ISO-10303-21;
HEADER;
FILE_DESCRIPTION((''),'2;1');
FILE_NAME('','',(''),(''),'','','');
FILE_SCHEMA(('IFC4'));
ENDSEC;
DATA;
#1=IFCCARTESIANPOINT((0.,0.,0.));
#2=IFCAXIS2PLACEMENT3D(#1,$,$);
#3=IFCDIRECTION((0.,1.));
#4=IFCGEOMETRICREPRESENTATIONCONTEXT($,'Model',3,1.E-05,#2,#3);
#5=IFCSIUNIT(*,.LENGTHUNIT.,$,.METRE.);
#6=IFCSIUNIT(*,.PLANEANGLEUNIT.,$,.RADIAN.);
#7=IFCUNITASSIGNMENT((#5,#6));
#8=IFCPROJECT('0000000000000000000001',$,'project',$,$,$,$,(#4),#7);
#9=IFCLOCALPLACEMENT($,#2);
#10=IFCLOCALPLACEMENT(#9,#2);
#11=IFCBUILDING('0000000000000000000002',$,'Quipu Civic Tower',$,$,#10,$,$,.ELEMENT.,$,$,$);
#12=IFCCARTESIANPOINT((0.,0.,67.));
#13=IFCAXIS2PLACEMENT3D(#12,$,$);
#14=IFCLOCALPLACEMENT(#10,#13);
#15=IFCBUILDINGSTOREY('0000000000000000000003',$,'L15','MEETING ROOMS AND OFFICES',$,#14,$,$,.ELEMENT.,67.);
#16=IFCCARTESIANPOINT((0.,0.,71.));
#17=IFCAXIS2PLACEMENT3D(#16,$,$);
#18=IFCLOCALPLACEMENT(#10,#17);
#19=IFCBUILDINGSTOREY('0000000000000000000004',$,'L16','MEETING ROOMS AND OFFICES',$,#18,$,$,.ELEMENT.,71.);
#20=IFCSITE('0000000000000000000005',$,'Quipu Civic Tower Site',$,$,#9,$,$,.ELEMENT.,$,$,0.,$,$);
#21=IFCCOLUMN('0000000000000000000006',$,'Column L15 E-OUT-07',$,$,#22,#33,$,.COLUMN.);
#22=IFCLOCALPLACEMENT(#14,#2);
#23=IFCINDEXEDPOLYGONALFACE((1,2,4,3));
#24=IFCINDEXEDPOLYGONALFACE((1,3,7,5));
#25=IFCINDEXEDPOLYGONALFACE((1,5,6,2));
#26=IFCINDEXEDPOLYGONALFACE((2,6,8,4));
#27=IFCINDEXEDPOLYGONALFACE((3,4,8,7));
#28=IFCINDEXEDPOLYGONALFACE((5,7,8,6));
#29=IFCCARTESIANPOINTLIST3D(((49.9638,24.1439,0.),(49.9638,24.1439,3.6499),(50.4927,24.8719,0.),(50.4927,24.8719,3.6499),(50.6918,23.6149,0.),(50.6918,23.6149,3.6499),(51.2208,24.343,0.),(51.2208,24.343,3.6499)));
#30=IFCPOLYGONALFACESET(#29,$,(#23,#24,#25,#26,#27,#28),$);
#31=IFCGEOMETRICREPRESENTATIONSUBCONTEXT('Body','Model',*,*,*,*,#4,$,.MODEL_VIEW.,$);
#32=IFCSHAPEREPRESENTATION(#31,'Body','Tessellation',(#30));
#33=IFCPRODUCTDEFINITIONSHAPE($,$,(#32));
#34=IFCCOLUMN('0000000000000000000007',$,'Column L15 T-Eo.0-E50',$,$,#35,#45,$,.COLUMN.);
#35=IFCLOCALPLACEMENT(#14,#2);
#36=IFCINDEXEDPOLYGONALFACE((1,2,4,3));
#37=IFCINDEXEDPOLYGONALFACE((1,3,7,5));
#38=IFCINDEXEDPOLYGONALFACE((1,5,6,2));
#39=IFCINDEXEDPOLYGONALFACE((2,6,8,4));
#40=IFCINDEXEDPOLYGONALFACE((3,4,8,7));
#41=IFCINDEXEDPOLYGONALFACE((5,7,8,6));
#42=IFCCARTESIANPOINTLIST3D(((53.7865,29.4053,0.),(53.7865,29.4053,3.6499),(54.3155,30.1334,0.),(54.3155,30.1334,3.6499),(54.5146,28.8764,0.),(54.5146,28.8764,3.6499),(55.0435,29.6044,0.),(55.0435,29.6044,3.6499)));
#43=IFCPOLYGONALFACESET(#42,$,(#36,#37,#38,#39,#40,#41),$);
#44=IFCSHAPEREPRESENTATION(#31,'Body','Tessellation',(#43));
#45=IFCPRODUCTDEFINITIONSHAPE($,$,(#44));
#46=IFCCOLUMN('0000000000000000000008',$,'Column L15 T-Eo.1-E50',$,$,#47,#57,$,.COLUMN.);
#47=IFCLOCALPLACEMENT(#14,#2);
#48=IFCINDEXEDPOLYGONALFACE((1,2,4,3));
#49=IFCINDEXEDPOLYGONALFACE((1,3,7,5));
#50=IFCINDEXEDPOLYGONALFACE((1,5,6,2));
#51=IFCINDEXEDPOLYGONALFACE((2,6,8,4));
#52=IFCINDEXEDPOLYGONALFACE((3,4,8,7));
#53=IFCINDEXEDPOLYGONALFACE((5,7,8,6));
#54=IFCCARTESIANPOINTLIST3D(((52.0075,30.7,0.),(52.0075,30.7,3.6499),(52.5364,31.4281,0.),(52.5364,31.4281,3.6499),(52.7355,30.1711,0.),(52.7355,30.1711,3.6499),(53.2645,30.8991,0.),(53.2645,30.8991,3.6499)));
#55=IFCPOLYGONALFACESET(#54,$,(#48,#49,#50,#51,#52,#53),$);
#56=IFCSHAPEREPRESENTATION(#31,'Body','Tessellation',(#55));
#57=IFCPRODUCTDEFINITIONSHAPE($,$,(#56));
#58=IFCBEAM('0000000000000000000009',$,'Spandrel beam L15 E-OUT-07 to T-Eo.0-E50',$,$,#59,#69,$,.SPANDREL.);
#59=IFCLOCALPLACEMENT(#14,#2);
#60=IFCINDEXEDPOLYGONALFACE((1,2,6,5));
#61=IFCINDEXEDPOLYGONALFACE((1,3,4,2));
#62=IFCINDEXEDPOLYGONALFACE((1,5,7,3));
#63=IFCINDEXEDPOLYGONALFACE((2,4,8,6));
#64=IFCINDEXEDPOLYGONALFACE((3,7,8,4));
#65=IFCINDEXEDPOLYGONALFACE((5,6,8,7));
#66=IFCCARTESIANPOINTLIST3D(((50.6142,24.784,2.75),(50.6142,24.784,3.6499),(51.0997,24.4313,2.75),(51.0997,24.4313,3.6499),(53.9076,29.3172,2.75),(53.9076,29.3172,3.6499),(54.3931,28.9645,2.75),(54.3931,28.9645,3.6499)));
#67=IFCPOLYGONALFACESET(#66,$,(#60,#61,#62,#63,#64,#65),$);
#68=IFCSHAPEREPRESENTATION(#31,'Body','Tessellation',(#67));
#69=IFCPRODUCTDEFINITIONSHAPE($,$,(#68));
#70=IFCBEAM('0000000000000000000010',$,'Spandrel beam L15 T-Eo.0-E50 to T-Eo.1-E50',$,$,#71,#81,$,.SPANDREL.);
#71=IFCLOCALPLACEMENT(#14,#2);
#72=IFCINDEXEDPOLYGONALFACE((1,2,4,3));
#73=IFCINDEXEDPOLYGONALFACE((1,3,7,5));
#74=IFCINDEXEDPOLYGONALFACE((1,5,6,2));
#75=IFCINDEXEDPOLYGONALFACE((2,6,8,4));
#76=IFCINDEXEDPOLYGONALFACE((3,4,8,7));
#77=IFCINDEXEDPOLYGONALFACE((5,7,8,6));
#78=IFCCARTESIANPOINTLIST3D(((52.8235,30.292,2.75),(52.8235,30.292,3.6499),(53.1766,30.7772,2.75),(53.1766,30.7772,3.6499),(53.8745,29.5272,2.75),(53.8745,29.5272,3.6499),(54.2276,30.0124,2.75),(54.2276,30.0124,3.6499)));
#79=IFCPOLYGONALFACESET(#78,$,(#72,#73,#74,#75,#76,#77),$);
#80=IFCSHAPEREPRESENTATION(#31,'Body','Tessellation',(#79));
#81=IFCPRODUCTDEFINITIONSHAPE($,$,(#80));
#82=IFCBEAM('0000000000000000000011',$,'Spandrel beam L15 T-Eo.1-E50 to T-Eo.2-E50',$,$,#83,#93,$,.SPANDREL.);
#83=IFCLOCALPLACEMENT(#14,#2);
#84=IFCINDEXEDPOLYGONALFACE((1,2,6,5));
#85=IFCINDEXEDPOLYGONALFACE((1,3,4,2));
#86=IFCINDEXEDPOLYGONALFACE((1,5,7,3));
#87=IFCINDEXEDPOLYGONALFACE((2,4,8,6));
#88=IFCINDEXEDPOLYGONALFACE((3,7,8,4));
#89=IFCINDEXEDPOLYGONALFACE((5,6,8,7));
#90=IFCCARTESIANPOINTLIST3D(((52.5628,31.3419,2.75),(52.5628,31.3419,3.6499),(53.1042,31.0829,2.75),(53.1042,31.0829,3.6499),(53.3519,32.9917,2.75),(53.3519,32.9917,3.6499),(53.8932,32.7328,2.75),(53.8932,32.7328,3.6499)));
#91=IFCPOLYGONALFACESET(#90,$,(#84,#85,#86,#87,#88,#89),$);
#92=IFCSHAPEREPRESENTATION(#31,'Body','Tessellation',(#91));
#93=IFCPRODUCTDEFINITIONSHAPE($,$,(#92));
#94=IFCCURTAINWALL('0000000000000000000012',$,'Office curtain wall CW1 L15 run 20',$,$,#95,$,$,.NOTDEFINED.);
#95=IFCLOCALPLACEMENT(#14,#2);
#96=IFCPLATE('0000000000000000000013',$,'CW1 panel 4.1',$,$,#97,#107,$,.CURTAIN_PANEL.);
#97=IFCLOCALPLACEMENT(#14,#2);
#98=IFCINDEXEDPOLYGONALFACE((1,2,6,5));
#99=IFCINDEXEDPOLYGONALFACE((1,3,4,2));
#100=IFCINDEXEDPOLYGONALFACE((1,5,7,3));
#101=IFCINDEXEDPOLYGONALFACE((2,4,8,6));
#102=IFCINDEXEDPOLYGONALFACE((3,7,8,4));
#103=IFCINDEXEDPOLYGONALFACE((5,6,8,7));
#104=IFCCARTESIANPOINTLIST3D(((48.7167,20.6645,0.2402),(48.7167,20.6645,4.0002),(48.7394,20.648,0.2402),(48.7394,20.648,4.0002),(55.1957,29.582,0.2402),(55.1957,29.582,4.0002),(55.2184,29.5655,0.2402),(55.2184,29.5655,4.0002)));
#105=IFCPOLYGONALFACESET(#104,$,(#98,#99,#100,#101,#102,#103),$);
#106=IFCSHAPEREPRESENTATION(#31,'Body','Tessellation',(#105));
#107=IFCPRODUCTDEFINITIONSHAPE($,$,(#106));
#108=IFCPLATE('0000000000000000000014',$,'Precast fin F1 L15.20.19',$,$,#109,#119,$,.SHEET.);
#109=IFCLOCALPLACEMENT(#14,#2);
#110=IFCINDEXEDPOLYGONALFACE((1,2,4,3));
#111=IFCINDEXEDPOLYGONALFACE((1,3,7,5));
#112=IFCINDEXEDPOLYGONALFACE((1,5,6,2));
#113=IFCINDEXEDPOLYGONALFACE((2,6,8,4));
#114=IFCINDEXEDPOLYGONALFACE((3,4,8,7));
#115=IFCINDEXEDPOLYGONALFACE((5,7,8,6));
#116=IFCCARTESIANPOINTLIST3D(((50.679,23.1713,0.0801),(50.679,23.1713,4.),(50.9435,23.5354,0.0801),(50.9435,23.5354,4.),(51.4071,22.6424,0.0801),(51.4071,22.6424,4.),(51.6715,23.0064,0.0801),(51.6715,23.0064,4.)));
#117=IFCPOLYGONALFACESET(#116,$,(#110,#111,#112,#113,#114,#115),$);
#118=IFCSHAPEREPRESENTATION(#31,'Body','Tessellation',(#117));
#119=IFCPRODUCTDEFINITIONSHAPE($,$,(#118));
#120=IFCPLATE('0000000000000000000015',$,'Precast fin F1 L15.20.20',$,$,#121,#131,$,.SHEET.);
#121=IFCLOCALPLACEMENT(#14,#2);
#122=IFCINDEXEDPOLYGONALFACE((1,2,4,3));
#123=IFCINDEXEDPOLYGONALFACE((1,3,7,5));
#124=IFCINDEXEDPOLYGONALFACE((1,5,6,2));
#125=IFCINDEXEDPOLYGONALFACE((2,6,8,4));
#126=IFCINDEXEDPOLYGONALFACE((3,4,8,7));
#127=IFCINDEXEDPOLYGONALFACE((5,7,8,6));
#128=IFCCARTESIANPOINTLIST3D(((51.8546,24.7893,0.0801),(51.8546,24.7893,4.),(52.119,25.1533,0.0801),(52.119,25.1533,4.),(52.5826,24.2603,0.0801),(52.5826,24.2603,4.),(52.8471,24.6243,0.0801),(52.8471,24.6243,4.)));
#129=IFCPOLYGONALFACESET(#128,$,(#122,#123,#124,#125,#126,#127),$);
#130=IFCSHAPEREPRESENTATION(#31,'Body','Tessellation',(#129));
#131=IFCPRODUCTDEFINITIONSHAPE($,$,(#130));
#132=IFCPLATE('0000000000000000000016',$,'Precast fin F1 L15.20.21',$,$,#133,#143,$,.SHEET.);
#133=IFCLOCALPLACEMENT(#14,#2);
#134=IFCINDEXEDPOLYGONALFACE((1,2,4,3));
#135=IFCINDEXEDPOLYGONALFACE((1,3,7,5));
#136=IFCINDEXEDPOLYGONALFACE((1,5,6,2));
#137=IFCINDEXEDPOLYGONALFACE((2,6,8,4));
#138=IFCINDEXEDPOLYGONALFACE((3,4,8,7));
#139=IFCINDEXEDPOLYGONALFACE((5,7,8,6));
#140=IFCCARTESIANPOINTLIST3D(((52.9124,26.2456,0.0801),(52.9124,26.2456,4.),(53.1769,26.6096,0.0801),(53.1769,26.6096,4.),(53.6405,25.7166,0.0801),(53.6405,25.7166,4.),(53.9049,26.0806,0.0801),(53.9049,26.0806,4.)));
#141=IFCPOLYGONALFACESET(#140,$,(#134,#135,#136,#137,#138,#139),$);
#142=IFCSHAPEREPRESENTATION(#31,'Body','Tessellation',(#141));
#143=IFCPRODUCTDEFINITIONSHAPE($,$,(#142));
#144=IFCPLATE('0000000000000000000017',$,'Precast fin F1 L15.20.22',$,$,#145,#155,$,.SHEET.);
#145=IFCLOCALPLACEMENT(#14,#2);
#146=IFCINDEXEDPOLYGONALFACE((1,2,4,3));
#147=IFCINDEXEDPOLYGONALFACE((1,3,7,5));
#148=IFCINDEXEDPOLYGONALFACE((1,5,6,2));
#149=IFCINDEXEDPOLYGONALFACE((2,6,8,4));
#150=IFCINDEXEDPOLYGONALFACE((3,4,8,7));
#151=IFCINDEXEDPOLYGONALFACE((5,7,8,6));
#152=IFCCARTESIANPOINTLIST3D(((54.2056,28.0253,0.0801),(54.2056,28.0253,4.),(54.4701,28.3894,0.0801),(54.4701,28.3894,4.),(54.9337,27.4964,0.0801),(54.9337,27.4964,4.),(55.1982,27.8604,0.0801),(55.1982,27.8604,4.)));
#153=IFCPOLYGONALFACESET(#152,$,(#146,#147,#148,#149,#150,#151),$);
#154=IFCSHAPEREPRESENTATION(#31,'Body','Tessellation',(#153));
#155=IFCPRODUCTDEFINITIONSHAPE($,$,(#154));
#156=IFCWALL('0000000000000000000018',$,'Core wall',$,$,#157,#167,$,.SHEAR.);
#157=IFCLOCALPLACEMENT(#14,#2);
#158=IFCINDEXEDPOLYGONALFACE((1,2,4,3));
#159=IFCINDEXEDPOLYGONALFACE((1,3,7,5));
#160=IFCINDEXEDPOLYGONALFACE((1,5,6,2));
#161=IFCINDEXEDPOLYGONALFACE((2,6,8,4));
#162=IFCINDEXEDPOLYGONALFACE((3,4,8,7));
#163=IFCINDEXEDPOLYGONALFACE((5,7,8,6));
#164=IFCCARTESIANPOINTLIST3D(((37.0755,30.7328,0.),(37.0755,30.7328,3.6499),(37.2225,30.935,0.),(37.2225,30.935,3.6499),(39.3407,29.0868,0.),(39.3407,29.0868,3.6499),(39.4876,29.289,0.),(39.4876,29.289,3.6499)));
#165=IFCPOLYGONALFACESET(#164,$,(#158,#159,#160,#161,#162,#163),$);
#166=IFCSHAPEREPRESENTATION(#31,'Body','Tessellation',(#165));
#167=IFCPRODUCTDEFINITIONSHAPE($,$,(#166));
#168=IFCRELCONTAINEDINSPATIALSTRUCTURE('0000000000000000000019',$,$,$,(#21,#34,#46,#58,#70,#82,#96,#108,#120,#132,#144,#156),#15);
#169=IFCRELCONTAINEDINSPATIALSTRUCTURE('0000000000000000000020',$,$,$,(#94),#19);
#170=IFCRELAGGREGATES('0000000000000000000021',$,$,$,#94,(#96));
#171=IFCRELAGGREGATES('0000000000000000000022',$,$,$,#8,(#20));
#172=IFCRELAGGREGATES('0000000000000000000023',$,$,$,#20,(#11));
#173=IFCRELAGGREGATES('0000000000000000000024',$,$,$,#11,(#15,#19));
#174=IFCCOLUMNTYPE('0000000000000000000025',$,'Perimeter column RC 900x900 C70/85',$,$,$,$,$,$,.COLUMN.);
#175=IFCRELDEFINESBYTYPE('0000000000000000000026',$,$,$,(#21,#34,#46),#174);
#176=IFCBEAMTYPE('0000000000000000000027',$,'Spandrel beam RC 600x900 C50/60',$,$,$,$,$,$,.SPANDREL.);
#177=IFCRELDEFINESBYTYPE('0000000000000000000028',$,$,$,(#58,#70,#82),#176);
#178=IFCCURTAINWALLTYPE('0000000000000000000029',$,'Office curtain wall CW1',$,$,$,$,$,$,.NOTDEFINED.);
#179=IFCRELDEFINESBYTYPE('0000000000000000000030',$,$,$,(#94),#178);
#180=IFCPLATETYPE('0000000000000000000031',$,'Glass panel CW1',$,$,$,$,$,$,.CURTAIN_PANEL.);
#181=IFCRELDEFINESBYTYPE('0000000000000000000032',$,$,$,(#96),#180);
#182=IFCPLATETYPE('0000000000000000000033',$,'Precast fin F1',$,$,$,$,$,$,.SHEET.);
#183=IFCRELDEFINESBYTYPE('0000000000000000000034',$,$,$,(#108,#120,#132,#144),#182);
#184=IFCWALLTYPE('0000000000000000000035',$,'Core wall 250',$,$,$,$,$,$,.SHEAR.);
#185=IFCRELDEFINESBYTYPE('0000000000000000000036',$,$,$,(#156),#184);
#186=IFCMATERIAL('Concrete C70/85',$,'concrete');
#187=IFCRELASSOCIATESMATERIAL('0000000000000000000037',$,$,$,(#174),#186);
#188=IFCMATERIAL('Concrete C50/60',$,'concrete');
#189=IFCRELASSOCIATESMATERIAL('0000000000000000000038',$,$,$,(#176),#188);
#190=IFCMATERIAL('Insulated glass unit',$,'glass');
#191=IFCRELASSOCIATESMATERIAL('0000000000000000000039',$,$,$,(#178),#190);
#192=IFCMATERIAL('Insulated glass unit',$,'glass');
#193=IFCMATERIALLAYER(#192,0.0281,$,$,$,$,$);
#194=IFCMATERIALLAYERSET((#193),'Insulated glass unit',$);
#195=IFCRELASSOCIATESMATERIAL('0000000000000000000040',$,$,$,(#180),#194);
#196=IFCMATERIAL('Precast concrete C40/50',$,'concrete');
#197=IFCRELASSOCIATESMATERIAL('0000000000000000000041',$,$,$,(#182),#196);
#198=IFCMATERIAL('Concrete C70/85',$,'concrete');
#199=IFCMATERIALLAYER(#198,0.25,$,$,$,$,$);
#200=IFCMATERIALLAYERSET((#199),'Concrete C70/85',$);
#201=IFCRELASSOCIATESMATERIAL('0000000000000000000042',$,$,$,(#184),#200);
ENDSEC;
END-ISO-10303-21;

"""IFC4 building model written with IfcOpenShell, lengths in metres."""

from ifc_helpers import new_model, si_unit, direction, frame, frame_2d, origin, origin_2d, place, context, subcontext, project, spatial, rectangle, extrude, material, layer, layer_set, material_profile, profile_set, type_object, element, aggregate, save


model = new_model("IFC4")

# Units and contexts
model_context = context("Model", 3, precision=1e-05, world=origin(), true_north=direction((0.0, 1.0)))
body_context = subcontext(model_context, "Body", "Model", "MODEL_VIEW")
ifc_project = project(units=[si_unit("LENGTHUNIT", "METRE"), si_unit("PLANEANGLEUNIT", "RADIAN")], contexts=[model_context])

# Site, building, storey
site_placement = place(None, origin())
site = spatial("IfcSite", under=ifc_project, at=site_placement, Name="Quipu Civic Tower Site", CompositionType="ELEMENT", RefElevation=0.0)
building_placement = place(site_placement, origin())
building = spatial("IfcBuilding", under=site, at=building_placement, Name="Quipu Civic Tower", CompositionType="ELEMENT")
storey_1_placement = place(building_placement, frame((0.0, 0.0, 67.0)))
storey_1 = spatial("IfcBuildingStorey", under=building, at=storey_1_placement, Name="L15", Description="MEETING ROOMS AND OFFICES", CompositionType="ELEMENT", Elevation=67.0)

# Columns
ifc_material_1 = material(Name="Concrete C70/85", Category="concrete")
ifc_material_profile_1 = material_profile(ifc_material_1, rectangle(XDim=0.8999, YDim=0.8999, at=origin_2d()), Name="RC900x900")
ifc_profile_set_1 = profile_set([ifc_material_profile_1], Name="Concrete C70/85")
column_type = type_object("IfcColumnType", Name="Perimeter column RC 900x900 C70/85", PredefinedType="COLUMN", material=ifc_profile_set_1)
for number, where, z_axis, x_axis, name in (
    (1, (50.5923, 24.2434, 0.0), (0.0, 0.0, 1.0), (0.587785, 0.809017, 0.0), "Column L15 E-OUT-07"),
    (2, (54.415, 29.5049, 0.0), (0.0, 0.0, 1.0), (0.587785, 0.809017, 0.0), "Column L15 T-Eo.0-E50"),
    (3, (52.636, 30.7996, 0.0), (0.0, 0.0, 1.0), (-0.809017, 0.587785, 0.0), "Column L15 T-Eo.1-E50"),
):
    element("IfcColumn", number, at=place(storey_1_placement, frame(where, z_axis=z_axis, x_axis=x_axis)), inside=storey_1, type_object=column_type, Name=name, PredefinedType="COLUMN", context=body_context, shape_type="SweptSolid", body=[
        extrude(rectangle(XDim=0.8999, YDim=0.8999, at=origin_2d()), origin(), (0.0, 0.0, 1.0), 3.6499),
    ])

# Beams
ifc_material_2 = material(Name="Concrete C50/60", Category="concrete")
ifc_material_profile_2 = material_profile(ifc_material_2, rectangle(XDim=0.6001, YDim=0.8999, at=origin_2d()), Name="RC600x900")
ifc_profile_set_2 = profile_set([ifc_material_profile_2], Name="Concrete C50/60")
beam_type = type_object("IfcBeamType", Name="Spandrel beam RC 600x900 C50/60", PredefinedType="SPANDREL", material=ifc_profile_set_2)
beam_1_placement = place(storey_1_placement, frame((50.8569, 24.6077, 3.2), z_axis=(0.587773, 0.809026, 0.0), x_axis=(-0.809026, 0.587773, 0.0)))
element("IfcBeam", 4, at=beam_1_placement, inside=storey_1, type_object=beam_type, Name="Spandrel beam L15 E-OUT-07 to T-Eo.0-E50", PredefinedType="SPANDREL", context=body_context, shape_type="SweptSolid", body=[
    extrude(rectangle(XDim=0.6001, YDim=0.8999, at=origin_2d()), origin(), (0.0, 0.0, 1.0), 5.6033),
])
beam_2_placement = place(storey_1_placement, frame((54.051, 29.7698, 3.2), z_axis=(-0.808549, 0.588429, 0.0), x_axis=(-0.588429, -0.808549, 0.0)))
element("IfcBeam", 5, at=beam_2_placement, inside=storey_1, type_object=beam_type, Name="Spandrel beam L15 T-Eo.0-E50 to T-Eo.1-E50", PredefinedType="SPANDREL", context=body_context, shape_type="SweptSolid", body=[
    extrude(rectangle(XDim=0.6001, YDim=0.8999, at=origin_2d()), origin(), (0.0, 0.0, 1.0), 1.2998),
])
beam_3_placement = place(storey_1_placement, frame((52.8335, 31.2124, 3.2), z_axis=(0.431446, 0.902139, 0.0), x_axis=(-0.902139, 0.431446, 0.0)))
element("IfcBeam", 6, at=beam_3_placement, inside=storey_1, type_object=beam_type, Name="Spandrel beam L15 T-Eo.1-E50 to T-Eo.2-E50", PredefinedType="SPANDREL", context=body_context, shape_type="SweptSolid", body=[
    extrude(rectangle(XDim=0.6001, YDim=0.8999, at=origin_2d()), origin(), (0.0, 0.0, 1.0), 1.8289),
])

# Shared definitions
storey_2_placement = place(building_placement, frame((0.0, 0.0, 71.0)))
storey_2 = spatial("IfcBuildingStorey", under=building, at=storey_2_placement, Name="L16", Description="MEETING ROOMS AND OFFICES", CompositionType="ELEMENT", Elevation=71.0)

# Curtain wall, plate
ifc_material_3 = material(Name="Insulated glass unit", Category="glass")
curtain_wall_type = type_object("IfcCurtainWallType", Name="Office curtain wall CW1", PredefinedType="NOTDEFINED", material=ifc_material_3)
curtain_wall_placement = place(storey_2_placement, origin())
curtain_wall = element("IfcCurtainWall", 7, at=curtain_wall_placement, inside=storey_2, type_object=curtain_wall_type, Name="Office curtain wall CW1 L15 run 20", PredefinedType="NOTDEFINED")
ifc_material_4 = material(Name="Insulated glass unit", Category="glass")
ifc_layer_1 = layer(ifc_material_4, 0.0281)
ifc_layer_set_1 = layer_set([ifc_layer_1], Name="Insulated glass unit")
plate_type_1 = type_object("IfcPlateType", Name="Glass panel CW1", PredefinedType="CURTAIN_PANEL", material=ifc_layer_set_1)
plate_placement = place(storey_1_placement, frame((51.9675, 25.115, 0.2402), z_axis=(0.0, 0.0, 1.0), x_axis=(0.587786, 0.809017, 0.0)))
plate = element("IfcPlate", 8, at=plate_placement, inside=storey_1, type_object=plate_type_1, Name="CW1 panel 4.1", PredefinedType="CURTAIN_PANEL", context=body_context, shape_type="SweptSolid", body=[
    extrude(rectangle(XDim=11.0227, YDim=0.0281, at=origin_2d()), origin(), (0.0, 0.0, 1.0), 3.76),
])
aggregate(curtain_wall, [plate])

# Plates
ifc_material_5 = material(Name="Precast concrete C40/50", Category="concrete")
plate_type_2 = type_object("IfcPlateType", Name="Precast fin F1", PredefinedType="SHEET", material=ifc_material_5)
for number, where, z_axis, x_axis, name in (
    (9, (51.1753, 23.0889, 0.0801), (0.0, 0.0, 1.0), (0.587786, 0.809017, 0.0), "Precast fin F1 L15.20.19"),
    (10, (52.3508, 24.7068, 0.0801), (0.0, 0.0, 1.0), (0.587786, 0.809017, 0.0), "Precast fin F1 L15.20.20"),
    (11, (53.4087, 26.1631, 0.0801), (0.0, 0.0, 1.0), (0.587786, 0.809017, 0.0), "Precast fin F1 L15.20.21"),
    (12, (54.7019, 27.9429, 0.0801), (0.0, 0.0, 1.0), (0.587786, 0.809017, 0.0), "Precast fin F1 L15.20.22"),
):
    element("IfcPlate", number, at=place(storey_1_placement, frame(where, z_axis=z_axis, x_axis=x_axis)), inside=storey_1, type_object=plate_type_2, Name=name, PredefinedType="SHEET", context=body_context, shape_type="SweptSolid", body=[
        extrude(rectangle(XDim=0.45, YDim=0.8999, at=origin_2d()), origin(), (0.0, 0.0, 1.0), 3.9199),
    ])

# Wall
ifc_material_6 = material(Name="Concrete C70/85", Category="concrete")
ifc_layer_2 = layer(ifc_material_6, 0.25)
ifc_layer_set_2 = layer_set([ifc_layer_2], Name="Concrete C70/85")
wall_type_1 = type_object("IfcWallType", Name="Core wall 250", PredefinedType="SHEAR", material=ifc_layer_set_2)
wall_1_placement = place(storey_1_placement, frame((39.4141, 29.188, 0.0), z_axis=(0.0, 0.0, 1.0), x_axis=(-0.80897, 0.58785, 0.0)))
element("IfcWall", 13, at=wall_1_placement, inside=storey_1, type_object=wall_type_1, Name="Core wall", PredefinedType="SHEAR", context=body_context, shape_type="SweptSolid", body=[
    extrude(rectangle(XDim=2.8, YDim=0.25, at=frame_2d((1.3999, 0.0))), origin(), (0.0, 0.0, 1.0), 3.6499),
])

save(model, "model.ifc")
